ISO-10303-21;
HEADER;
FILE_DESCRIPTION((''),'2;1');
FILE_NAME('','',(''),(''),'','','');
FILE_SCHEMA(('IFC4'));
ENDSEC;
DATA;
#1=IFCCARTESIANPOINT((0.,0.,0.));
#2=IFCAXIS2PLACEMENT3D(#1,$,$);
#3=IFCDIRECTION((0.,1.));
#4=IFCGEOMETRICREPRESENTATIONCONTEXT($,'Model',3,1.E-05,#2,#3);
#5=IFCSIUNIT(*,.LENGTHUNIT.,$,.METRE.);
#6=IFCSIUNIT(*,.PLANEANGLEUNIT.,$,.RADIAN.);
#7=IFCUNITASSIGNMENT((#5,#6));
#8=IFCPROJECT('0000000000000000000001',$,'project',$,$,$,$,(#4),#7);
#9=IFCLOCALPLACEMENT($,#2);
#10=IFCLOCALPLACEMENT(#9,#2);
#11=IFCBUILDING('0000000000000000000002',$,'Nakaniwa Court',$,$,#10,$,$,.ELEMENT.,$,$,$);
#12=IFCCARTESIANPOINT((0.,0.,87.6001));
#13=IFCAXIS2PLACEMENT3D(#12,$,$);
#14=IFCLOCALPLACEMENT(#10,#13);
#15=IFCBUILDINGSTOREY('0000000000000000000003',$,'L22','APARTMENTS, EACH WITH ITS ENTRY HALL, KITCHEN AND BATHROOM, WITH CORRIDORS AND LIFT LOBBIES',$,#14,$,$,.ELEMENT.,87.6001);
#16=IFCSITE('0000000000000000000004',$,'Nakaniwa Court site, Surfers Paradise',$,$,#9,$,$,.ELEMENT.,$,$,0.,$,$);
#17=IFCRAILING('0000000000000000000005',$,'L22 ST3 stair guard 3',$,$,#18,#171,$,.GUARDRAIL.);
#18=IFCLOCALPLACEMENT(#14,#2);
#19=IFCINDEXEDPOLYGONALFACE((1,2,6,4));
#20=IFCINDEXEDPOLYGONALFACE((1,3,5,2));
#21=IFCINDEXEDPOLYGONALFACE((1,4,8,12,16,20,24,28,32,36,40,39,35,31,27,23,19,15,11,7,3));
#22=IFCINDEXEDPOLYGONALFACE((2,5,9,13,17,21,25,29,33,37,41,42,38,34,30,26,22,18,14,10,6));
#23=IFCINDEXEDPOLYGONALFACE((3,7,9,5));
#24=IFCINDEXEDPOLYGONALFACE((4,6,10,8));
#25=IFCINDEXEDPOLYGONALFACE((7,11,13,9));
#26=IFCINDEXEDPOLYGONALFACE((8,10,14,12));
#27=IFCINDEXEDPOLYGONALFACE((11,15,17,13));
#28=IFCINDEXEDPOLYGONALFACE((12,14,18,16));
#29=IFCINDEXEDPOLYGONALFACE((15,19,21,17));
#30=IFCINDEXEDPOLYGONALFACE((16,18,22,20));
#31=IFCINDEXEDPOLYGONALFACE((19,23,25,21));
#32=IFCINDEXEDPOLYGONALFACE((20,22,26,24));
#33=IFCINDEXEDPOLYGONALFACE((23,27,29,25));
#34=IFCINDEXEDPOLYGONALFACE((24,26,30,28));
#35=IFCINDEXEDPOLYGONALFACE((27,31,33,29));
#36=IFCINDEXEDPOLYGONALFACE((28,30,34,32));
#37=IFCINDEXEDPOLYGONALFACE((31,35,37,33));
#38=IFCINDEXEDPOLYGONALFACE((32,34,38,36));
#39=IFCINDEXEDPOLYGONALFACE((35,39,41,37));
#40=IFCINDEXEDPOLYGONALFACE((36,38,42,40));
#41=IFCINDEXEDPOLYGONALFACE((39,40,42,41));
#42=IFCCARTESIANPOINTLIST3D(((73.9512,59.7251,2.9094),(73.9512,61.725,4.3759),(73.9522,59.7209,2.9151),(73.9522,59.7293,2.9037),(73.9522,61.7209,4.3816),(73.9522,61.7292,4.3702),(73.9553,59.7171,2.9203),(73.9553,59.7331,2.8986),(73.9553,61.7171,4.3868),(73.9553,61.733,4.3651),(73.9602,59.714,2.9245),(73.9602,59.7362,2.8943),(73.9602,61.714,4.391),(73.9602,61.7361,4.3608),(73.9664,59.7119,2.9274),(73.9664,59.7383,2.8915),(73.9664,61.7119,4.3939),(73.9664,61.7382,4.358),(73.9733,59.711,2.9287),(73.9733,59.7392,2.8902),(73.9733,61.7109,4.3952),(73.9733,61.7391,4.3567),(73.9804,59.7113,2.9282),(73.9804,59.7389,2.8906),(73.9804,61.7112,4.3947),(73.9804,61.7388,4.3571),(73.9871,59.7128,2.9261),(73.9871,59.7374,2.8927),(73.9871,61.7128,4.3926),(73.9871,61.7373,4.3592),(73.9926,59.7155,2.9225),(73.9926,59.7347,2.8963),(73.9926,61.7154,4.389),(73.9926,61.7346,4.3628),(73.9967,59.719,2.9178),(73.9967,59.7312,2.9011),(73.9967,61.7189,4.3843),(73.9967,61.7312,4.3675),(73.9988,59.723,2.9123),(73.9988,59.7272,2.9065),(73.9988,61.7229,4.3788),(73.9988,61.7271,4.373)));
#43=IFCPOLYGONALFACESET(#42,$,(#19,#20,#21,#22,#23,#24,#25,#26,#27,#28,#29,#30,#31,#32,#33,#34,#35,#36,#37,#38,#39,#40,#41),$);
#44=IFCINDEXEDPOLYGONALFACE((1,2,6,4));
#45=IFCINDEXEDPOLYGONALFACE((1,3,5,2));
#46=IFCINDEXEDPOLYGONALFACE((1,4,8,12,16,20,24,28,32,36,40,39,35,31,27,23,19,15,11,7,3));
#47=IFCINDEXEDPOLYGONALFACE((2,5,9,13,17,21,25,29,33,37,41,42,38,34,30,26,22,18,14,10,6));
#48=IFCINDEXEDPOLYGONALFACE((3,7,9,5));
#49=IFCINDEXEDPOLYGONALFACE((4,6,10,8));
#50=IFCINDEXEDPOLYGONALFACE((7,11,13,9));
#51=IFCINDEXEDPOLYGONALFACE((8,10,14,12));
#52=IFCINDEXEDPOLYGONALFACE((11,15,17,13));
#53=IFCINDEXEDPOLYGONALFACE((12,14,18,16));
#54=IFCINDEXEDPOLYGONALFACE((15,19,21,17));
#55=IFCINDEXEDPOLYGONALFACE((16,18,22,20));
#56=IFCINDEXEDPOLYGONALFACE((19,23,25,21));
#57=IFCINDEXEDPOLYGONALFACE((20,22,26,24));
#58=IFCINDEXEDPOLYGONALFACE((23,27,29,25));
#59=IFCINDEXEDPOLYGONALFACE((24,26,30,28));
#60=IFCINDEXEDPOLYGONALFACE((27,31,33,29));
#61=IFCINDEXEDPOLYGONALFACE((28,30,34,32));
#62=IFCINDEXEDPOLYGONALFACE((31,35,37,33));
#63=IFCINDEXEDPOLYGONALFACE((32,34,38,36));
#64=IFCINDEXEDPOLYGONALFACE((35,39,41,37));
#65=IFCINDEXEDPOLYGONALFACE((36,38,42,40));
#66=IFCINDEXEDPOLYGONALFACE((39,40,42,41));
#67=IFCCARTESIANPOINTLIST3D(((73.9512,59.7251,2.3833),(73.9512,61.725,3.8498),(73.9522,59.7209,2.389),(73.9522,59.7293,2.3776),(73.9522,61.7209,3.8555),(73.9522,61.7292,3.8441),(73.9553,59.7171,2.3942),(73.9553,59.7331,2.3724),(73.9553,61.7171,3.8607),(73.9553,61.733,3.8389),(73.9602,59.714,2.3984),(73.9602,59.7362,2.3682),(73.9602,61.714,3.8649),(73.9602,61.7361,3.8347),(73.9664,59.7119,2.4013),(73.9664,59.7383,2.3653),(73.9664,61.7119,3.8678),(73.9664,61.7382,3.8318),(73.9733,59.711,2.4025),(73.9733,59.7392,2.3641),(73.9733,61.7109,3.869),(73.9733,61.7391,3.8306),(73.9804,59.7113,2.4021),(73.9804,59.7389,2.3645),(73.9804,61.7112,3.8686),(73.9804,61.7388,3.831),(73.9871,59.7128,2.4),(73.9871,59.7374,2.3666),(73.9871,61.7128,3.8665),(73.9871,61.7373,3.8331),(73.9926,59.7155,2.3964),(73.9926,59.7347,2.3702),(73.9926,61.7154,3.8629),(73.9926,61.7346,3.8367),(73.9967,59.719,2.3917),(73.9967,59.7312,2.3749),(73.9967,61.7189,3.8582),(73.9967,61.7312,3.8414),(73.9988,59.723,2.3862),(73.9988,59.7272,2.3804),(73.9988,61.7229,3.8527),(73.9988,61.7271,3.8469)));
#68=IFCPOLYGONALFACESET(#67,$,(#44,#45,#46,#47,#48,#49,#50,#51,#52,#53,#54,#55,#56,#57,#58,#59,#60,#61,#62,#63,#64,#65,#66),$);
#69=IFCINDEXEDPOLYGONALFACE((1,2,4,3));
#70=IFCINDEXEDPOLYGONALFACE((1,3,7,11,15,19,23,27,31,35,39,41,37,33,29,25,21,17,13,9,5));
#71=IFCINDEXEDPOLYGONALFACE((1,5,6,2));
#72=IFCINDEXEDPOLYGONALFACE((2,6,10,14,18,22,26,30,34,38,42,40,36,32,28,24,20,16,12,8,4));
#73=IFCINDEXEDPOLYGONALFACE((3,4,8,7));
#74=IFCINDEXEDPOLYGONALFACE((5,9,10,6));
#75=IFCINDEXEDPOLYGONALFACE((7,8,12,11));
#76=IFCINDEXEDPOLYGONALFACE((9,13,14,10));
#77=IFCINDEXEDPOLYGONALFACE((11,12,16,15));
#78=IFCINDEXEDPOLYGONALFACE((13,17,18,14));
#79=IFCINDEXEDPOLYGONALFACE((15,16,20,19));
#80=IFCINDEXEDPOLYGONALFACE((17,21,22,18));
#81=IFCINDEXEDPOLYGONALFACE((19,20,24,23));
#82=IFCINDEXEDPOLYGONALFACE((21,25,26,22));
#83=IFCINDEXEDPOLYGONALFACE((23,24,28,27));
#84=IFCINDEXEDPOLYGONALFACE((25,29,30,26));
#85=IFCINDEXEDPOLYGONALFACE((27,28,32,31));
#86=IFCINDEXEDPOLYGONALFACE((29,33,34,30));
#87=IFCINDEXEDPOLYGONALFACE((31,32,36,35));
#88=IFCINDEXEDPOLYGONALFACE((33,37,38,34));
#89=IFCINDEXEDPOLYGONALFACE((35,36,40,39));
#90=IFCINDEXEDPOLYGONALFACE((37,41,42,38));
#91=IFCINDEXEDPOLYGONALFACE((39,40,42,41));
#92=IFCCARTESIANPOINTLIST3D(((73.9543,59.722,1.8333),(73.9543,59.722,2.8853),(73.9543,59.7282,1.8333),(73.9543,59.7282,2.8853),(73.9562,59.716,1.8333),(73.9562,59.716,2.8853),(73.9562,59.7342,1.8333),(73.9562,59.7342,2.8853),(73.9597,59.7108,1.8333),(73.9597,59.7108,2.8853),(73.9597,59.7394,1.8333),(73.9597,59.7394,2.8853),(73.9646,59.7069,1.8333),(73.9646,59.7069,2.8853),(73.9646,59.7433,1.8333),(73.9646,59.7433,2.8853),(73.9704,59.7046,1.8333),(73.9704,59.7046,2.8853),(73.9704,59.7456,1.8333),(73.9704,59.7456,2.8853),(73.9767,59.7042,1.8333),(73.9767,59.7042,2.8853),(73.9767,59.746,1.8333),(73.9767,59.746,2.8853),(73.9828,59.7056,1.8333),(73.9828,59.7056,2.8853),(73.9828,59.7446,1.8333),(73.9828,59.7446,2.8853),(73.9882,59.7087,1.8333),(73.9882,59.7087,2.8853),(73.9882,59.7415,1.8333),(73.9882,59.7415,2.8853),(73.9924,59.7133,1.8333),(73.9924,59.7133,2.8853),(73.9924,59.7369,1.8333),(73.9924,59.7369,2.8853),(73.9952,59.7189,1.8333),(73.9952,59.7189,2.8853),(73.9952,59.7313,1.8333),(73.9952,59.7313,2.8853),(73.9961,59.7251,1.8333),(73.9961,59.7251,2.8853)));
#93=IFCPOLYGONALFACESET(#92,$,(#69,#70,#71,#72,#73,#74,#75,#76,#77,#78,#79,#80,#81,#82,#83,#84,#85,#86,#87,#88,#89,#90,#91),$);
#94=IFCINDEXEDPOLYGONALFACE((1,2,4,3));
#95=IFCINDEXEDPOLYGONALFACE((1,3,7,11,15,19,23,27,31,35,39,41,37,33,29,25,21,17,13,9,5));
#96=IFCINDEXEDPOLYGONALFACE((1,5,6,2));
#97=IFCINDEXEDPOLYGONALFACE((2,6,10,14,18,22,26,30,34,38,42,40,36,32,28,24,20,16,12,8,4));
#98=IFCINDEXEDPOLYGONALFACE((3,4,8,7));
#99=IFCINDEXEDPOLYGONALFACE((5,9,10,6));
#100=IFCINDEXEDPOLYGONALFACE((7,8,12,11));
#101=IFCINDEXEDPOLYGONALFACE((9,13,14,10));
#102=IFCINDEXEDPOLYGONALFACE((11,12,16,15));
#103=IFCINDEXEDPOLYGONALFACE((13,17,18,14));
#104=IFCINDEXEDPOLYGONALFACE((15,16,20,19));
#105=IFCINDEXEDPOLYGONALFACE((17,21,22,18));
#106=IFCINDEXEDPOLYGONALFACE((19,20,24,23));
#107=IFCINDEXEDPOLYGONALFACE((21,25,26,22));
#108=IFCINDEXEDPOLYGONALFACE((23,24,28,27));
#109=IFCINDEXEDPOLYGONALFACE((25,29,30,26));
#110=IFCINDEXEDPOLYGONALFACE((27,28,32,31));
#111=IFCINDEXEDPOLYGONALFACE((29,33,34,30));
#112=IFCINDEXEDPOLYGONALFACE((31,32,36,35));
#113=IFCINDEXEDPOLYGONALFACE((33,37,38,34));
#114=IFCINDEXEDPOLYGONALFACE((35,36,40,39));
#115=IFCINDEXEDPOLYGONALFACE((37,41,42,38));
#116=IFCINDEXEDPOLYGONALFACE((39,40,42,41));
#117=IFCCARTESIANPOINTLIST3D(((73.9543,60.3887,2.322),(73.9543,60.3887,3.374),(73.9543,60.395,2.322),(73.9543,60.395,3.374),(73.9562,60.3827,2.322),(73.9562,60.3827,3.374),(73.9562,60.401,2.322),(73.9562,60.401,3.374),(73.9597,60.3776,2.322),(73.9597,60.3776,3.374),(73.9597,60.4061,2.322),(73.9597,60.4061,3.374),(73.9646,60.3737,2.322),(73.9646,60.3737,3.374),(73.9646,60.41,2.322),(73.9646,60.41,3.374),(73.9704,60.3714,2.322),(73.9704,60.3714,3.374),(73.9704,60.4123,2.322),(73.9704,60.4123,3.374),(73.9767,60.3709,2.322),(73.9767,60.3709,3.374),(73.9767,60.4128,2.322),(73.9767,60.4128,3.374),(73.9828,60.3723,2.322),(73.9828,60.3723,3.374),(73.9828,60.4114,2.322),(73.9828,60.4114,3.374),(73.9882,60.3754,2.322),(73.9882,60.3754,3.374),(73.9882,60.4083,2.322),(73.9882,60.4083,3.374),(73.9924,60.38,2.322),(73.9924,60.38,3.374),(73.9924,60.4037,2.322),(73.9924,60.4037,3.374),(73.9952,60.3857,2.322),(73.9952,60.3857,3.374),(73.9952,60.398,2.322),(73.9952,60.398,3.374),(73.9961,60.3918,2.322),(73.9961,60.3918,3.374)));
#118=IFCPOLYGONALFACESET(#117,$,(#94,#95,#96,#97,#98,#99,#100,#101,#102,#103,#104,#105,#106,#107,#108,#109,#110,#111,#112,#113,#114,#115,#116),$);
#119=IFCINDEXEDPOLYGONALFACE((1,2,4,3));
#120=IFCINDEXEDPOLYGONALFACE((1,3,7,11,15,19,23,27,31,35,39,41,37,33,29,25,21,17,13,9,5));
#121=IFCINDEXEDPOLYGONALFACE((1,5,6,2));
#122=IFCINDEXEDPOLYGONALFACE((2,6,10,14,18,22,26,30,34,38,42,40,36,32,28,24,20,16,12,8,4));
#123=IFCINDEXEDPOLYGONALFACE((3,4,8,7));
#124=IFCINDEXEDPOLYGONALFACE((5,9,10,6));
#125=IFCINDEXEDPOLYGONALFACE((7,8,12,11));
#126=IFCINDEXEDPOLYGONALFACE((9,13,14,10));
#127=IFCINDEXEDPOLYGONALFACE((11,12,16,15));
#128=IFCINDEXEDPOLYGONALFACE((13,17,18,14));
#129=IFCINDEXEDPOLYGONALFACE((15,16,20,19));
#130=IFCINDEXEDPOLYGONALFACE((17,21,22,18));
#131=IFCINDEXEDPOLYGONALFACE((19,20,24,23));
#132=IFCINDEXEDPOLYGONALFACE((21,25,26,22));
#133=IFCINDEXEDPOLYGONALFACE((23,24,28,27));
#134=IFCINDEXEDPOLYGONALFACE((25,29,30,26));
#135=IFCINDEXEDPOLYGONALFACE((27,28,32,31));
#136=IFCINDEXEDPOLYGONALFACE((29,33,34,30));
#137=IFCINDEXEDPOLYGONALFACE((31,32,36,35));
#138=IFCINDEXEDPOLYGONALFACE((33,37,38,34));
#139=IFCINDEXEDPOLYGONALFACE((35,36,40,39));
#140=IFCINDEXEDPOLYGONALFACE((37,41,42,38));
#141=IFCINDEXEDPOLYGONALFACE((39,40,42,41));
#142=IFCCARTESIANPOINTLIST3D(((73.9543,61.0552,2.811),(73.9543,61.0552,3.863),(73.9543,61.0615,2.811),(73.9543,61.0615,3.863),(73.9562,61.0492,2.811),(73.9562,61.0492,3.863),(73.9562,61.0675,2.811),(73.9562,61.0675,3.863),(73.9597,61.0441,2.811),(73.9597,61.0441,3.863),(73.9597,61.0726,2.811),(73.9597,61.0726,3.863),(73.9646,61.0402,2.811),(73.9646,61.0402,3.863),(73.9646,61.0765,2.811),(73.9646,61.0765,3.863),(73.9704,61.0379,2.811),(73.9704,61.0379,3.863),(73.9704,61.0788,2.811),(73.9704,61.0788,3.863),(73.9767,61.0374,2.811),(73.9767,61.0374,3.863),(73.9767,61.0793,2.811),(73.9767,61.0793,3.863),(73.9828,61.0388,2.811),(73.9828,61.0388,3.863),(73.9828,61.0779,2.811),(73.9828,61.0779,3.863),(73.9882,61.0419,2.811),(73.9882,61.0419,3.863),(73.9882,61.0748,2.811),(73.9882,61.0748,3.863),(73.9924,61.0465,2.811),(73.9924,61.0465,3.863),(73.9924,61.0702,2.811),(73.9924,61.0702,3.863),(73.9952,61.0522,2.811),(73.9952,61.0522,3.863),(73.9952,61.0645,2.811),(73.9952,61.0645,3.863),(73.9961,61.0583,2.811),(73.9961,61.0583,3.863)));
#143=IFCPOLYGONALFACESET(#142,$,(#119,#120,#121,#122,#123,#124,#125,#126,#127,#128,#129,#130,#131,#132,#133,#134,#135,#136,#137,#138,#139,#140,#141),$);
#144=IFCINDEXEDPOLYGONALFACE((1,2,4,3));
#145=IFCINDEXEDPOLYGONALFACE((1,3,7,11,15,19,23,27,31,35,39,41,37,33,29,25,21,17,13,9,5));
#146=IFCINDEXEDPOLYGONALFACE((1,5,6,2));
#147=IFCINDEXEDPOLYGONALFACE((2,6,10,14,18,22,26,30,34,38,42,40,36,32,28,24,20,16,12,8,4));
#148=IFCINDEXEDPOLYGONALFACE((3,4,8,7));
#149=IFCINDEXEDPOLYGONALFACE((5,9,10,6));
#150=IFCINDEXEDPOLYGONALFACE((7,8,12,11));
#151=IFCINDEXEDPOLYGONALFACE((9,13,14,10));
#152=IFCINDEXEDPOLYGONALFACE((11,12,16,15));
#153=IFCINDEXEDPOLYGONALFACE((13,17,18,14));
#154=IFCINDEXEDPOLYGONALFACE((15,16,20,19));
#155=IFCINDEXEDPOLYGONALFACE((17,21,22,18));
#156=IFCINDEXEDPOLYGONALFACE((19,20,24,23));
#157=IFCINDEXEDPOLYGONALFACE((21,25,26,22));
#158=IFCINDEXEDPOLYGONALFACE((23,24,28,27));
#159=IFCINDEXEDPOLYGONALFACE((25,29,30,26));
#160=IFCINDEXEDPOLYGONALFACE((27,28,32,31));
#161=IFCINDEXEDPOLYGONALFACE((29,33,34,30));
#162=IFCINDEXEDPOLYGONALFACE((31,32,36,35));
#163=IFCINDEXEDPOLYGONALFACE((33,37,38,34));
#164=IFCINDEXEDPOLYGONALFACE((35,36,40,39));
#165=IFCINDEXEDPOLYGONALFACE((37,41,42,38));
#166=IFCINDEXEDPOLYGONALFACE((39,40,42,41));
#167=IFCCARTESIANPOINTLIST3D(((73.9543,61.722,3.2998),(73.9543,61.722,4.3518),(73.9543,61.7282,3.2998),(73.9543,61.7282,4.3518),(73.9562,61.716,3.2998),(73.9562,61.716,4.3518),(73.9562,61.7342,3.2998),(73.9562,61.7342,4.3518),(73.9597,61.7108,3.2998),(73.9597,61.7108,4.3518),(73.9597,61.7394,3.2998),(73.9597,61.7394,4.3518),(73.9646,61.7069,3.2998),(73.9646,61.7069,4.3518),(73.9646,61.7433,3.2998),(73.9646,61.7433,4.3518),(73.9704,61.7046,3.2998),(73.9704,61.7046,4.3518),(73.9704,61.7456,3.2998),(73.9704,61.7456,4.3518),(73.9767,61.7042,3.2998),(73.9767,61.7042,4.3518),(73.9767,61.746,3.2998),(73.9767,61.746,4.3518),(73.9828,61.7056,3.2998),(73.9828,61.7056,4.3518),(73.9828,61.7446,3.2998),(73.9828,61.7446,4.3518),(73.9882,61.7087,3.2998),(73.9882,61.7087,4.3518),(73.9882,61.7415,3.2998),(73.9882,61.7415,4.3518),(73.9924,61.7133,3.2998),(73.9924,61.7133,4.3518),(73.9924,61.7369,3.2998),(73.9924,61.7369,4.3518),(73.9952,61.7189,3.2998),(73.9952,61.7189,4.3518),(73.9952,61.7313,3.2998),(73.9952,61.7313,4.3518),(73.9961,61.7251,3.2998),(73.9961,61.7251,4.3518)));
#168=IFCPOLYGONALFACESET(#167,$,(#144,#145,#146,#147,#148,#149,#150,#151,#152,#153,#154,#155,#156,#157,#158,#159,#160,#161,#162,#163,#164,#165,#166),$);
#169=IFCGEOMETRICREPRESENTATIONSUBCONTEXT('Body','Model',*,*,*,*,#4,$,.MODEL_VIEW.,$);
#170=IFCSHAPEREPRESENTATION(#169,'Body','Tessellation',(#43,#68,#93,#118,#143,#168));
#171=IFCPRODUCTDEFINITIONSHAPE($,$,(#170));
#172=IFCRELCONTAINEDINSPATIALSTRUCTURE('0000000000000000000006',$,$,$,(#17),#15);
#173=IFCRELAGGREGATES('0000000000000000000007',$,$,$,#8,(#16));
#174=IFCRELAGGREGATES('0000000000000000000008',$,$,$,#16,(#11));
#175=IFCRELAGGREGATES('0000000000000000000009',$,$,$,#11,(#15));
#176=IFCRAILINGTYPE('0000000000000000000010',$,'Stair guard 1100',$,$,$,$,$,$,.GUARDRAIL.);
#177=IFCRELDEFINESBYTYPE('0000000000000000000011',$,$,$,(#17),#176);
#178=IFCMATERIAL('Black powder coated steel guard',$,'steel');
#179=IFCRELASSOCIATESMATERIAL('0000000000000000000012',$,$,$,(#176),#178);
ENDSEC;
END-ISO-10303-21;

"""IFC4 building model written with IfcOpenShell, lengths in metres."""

from ifc_helpers import new_model, si_unit, direction, frame, origin, origin_2d, place, context, subcontext, project, spatial, circle, extrude, material, type_object, element, save


model = new_model("IFC4")

# Units and contexts
model_context = context("Model", 3, precision=1e-05, world=origin(), true_north=direction((0.0, 1.0)))
body_context = subcontext(model_context, "Body", "Model", "MODEL_VIEW")
ifc_project = project(units=[si_unit("LENGTHUNIT", "METRE"), si_unit("PLANEANGLEUNIT", "RADIAN")], contexts=[model_context])

# Site, building, storey
site_placement = place(None, origin())
site = spatial("IfcSite", under=ifc_project, at=site_placement, Name="Nakaniwa Court site, Surfers Paradise", CompositionType="ELEMENT", RefElevation=0.0)
building_placement = place(site_placement, origin())
building = spatial("IfcBuilding", under=site, at=building_placement, Name="Nakaniwa Court", CompositionType="ELEMENT")
storey_placement = place(building_placement, frame((0.0, 0.0, 87.6001)))
storey = spatial("IfcBuildingStorey", under=building, at=storey_placement, Name="L22", Description="APARTMENTS, EACH WITH ITS ENTRY HALL, KITCHEN AND BATHROOM, WITH CORRIDORS AND LIFT LOBBIES", CompositionType="ELEMENT", Elevation=87.6001)

# Railing
ifc_material_1 = material(Name="Black powder coated steel guard", Category="steel")
railing_type_1 = type_object("IfcRailingType", Name="Stair guard 1100", PredefinedType="GUARDRAIL", material=ifc_material_1)
railing_1_placement = place(storey_placement, frame((73.9751, 59.7251, 1.8333)))
element("IfcRailing", 1, at=railing_1_placement, inside=storey, type_object=railing_type_1, Name="L22 ST3 stair guard 3", PredefinedType="GUARDRAIL", context=body_context, shape_type="SweptSolid", body=[
    extrude(circle(Radius=0.0239, at=origin_2d()), frame((0.0, 0.0, 1.0762), z_axis=(0.0, 0.806427, 0.591334), x_axis=(-1.0, 0.0, 0.0)), (0.0, 0.0, 1.0), 2.48),
    extrude(circle(Radius=0.0239, at=origin_2d()), frame((0.0, 0.0, 0.55), z_axis=(0.0, 0.806427, 0.591334), x_axis=(-1.0, 0.0, 0.0)), (0.0, 0.0, 1.0), 2.48),
    extrude(circle(Radius=0.021, at=origin_2d()), origin(), (0.0, 0.0, 1.0), 1.052),
    extrude(circle(Radius=0.021, at=origin_2d()), frame((0.0, 0.6667, 0.4888)), (0.0, 0.0, 1.0), 1.052),
    extrude(circle(Radius=0.021, at=origin_2d()), frame((0.0, 1.3333, 0.9778)), (0.0, 0.0, 1.0), 1.052),
    extrude(circle(Radius=0.021, at=origin_2d()), frame((0.0, 2.0, 1.4666)), (0.0, 0.0, 1.0), 1.052),
])

save(model, "model.ifc")
